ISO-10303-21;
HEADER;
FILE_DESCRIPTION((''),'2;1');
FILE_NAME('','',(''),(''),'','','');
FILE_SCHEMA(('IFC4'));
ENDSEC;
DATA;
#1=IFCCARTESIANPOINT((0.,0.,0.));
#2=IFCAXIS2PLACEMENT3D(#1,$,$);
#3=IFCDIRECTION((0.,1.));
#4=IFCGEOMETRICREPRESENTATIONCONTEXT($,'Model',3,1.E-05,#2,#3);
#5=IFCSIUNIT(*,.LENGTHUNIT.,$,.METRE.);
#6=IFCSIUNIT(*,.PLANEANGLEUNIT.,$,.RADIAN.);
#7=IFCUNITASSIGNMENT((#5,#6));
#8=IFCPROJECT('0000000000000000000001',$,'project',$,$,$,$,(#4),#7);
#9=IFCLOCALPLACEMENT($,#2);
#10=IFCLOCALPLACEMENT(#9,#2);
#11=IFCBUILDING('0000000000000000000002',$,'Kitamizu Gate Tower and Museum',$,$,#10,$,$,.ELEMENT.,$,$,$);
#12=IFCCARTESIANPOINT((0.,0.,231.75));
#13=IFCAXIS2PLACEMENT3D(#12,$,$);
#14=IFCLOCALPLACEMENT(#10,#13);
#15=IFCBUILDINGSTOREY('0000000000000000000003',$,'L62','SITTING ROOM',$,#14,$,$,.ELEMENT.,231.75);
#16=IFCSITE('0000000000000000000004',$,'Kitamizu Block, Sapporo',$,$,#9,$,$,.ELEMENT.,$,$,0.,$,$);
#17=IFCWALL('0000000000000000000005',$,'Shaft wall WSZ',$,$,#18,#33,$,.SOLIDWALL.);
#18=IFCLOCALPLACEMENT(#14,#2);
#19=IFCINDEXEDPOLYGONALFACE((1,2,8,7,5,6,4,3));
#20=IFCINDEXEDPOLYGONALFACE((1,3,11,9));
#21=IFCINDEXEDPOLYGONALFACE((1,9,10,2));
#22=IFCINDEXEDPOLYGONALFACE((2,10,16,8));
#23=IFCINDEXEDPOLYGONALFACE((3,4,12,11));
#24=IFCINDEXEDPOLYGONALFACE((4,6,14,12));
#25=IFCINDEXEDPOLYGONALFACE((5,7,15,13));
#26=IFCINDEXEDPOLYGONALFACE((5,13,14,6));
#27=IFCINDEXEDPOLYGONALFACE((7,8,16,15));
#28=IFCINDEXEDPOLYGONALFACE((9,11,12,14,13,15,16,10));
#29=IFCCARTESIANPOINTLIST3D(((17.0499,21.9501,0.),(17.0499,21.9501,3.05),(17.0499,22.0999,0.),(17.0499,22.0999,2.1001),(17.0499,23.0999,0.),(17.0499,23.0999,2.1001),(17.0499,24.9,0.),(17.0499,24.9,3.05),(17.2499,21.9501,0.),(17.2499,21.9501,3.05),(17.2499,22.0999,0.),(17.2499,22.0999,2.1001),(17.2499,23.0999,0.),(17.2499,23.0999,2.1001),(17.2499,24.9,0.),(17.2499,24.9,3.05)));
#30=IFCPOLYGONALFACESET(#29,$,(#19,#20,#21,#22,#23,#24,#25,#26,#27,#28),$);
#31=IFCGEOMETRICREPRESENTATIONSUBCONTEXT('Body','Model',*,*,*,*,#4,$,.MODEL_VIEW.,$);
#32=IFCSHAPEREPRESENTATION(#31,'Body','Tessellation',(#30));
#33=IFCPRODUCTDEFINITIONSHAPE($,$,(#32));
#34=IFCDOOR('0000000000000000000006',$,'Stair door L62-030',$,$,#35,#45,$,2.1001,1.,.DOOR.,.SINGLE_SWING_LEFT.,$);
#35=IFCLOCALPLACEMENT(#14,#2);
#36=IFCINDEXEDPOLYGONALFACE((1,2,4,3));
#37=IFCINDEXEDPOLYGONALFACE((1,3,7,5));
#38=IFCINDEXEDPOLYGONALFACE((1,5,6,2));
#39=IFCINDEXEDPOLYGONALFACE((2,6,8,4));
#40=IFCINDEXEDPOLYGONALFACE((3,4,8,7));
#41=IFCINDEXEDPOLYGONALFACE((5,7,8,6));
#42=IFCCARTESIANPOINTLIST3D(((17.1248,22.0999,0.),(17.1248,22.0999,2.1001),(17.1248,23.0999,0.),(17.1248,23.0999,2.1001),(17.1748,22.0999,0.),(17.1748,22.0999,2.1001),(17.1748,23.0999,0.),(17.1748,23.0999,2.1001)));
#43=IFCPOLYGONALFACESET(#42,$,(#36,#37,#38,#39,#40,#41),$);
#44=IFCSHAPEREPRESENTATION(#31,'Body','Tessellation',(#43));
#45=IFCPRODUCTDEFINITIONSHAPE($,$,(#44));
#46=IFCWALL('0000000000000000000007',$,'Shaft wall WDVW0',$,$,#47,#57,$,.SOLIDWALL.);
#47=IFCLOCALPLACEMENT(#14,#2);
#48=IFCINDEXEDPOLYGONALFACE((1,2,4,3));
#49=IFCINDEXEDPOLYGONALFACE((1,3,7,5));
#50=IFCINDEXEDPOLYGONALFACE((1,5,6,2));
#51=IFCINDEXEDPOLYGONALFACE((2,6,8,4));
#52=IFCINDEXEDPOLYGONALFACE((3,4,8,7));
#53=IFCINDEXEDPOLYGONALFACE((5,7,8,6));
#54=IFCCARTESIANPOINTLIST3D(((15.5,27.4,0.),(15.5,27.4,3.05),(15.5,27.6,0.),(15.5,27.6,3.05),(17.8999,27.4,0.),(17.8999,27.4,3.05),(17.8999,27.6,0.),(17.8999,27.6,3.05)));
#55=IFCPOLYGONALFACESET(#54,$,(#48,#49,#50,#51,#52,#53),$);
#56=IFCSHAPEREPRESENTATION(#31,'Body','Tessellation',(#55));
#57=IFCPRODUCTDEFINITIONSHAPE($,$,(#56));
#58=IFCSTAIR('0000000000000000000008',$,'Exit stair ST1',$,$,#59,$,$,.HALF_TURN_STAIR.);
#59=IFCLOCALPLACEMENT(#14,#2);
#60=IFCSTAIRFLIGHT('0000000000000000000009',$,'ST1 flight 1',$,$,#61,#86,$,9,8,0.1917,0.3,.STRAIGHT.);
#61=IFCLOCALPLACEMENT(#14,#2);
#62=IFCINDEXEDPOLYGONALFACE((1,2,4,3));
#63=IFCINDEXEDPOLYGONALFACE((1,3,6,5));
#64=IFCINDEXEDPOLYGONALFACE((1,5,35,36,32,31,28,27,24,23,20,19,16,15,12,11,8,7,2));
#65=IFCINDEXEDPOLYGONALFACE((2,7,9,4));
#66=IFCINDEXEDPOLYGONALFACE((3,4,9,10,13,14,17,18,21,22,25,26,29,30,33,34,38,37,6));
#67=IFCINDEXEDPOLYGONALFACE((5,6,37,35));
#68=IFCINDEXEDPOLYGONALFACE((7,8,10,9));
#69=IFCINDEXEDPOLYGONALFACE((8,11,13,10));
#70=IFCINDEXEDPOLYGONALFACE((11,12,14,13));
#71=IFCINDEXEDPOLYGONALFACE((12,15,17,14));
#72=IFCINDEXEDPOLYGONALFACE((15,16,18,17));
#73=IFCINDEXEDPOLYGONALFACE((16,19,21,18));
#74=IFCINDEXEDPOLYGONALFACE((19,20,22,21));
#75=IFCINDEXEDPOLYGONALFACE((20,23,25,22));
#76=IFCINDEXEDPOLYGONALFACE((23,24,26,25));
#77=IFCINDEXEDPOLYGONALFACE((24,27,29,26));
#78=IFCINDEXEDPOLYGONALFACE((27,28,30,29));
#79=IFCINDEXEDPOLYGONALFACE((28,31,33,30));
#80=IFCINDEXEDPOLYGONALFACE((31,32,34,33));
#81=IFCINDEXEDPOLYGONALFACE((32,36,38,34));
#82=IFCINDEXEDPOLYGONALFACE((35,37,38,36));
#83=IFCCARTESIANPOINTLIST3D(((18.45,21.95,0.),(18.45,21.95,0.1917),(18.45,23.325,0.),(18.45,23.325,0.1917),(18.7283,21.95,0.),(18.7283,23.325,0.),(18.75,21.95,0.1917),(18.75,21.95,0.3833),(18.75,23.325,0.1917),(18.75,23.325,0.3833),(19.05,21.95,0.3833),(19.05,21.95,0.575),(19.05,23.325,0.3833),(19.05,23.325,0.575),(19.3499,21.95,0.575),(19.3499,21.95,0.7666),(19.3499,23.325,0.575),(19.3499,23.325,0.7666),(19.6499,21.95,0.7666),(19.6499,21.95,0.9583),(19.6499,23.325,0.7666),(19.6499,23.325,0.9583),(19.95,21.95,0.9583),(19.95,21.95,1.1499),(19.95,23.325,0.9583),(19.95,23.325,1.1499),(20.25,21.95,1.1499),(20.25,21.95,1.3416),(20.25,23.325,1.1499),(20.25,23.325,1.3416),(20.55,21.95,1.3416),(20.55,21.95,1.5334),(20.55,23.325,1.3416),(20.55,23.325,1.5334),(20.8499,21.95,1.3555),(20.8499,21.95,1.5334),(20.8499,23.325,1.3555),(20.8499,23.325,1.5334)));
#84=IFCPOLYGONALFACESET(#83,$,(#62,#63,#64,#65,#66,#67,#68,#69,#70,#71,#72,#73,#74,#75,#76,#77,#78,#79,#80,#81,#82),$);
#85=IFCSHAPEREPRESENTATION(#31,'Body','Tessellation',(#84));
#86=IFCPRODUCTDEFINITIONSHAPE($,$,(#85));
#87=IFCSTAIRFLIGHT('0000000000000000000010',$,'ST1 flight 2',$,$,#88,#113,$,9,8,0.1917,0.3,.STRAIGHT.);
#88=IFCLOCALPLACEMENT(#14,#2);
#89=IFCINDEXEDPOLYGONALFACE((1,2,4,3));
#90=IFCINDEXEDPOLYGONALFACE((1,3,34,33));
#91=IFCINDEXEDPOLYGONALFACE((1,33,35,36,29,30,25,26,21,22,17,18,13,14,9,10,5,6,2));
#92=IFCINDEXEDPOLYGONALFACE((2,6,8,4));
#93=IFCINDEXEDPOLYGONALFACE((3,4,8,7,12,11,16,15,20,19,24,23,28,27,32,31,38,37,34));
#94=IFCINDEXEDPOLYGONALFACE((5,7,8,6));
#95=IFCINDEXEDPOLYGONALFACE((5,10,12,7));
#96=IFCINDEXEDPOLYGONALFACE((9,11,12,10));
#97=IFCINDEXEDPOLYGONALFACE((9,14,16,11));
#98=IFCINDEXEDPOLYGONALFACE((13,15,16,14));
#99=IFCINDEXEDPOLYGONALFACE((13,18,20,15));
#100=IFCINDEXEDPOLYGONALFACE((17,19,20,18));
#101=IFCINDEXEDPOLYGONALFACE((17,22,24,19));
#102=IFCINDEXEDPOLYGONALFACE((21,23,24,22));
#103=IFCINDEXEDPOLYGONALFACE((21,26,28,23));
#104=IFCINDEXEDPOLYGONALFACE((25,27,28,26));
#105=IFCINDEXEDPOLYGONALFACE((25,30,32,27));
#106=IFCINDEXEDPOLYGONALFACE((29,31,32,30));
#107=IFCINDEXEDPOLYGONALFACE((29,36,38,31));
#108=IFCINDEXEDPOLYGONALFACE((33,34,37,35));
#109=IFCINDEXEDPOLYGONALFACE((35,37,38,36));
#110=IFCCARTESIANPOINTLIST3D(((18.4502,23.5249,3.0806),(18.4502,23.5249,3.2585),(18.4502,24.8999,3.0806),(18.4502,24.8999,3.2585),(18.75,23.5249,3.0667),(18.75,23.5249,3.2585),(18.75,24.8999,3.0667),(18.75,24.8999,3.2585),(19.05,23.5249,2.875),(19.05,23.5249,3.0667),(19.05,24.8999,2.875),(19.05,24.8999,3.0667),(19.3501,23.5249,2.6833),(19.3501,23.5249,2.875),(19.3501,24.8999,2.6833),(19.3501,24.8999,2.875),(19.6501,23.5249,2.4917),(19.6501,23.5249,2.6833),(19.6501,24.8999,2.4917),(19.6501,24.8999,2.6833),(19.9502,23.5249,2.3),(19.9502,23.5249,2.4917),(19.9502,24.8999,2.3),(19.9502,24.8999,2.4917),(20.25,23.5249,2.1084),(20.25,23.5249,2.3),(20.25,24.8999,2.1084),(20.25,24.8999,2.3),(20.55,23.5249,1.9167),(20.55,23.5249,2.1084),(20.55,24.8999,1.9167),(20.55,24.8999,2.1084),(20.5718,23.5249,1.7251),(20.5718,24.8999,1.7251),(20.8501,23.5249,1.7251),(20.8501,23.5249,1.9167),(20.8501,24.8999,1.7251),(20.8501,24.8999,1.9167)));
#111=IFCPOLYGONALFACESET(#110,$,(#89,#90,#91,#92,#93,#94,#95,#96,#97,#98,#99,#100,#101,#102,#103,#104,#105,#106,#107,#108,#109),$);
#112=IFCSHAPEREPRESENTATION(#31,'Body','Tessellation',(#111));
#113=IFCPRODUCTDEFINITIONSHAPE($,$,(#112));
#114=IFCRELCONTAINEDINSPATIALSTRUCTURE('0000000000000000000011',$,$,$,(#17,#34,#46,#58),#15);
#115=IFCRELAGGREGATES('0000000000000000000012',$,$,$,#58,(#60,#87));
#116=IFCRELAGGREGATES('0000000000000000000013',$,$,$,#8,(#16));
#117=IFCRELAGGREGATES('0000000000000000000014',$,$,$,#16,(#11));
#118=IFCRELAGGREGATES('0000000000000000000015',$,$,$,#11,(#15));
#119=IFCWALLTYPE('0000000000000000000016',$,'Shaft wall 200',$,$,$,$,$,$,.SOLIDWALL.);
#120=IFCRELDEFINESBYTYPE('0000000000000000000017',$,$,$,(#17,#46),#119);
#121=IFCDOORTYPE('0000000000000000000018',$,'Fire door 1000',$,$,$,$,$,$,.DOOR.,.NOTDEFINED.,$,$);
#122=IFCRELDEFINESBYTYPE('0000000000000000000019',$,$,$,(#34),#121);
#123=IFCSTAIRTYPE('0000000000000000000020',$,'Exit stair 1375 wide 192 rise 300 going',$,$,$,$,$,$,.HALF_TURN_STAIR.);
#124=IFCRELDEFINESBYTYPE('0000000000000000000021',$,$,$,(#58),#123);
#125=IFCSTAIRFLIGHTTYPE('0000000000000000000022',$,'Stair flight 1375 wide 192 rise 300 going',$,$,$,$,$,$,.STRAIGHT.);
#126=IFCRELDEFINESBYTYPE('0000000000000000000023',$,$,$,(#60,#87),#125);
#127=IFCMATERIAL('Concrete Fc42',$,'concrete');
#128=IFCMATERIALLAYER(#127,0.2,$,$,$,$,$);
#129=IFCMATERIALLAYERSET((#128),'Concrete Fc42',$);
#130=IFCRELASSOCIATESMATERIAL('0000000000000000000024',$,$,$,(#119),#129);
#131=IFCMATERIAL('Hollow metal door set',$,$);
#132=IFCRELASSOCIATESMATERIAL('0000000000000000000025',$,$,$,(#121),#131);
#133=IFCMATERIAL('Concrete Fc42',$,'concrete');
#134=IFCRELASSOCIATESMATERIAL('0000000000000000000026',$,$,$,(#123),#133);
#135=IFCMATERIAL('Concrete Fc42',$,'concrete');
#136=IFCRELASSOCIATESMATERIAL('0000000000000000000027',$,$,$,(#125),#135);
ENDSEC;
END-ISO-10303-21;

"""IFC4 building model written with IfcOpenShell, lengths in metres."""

from ifc_helpers import new_model, si_unit, direction, frame, frame_2d, origin, place, context, subcontext, project, spatial, polyline, rectangle, outline, extrude, material, layer, layer_set, type_object, element, fill, aggregate, save


model = new_model("IFC4")

# Units and contexts
model_context = context("Model", 3, precision=1e-05, world=origin(), true_north=direction((0.0, 1.0)))
body_context = subcontext(model_context, "Body", "Model", "MODEL_VIEW")
ifc_project = project(units=[si_unit("LENGTHUNIT", "METRE"), si_unit("PLANEANGLEUNIT", "RADIAN")], contexts=[model_context])

# Site, building, storey
site_placement = place(None, origin())
site = spatial("IfcSite", under=ifc_project, at=site_placement, Name="Kitamizu Block, Sapporo", CompositionType="ELEMENT", RefElevation=0.0)
building_placement = place(site_placement, origin())
building = spatial("IfcBuilding", under=site, at=building_placement, Name="Kitamizu Gate Tower and Museum", CompositionType="ELEMENT")
storey_placement = place(building_placement, frame((0.0, 0.0, 231.75)))
storey = spatial("IfcBuildingStorey", under=building, at=storey_placement, Name="L62", Description="SITTING ROOM", CompositionType="ELEMENT", Elevation=231.75)

# Shared definitions
ifc_material_1 = material(Name="Concrete Fc42", Category="concrete")
ifc_layer_1 = layer(ifc_material_1, 0.2)
ifc_layer_set_1 = layer_set([ifc_layer_1], Name="Concrete Fc42")
wall_type_1 = type_object("IfcWallType", Name="Shaft wall 200", PredefinedType="SOLIDWALL", material=ifc_layer_set_1)
ifc_material_2 = material(Name="Hollow metal door set")
door_type_1 = type_object("IfcDoorType", Name="Fire door 1000", OperationType="NOTDEFINED", PredefinedType="DOOR", material=ifc_material_2)

# Wall, opening, door
wall_1_placement = place(storey_placement, frame((17.1499, 21.95, 0.0), z_axis=(0.0, 0.0, 1.0), x_axis=(0.0, 1.0, 0.0)))
wall_1 = element("IfcWall", 1, at=wall_1_placement, inside=storey, type_object=wall_type_1, Name="Shaft wall WSZ", PredefinedType="SOLIDWALL", context=body_context, shape_type="SweptSolid", body=[
    extrude(rectangle(XDim=2.95, YDim=0.2, at=frame_2d((1.4751, 0.0))), origin(), (0.0, 0.0, 1.0), 3.05),
])
opening_1_placement = place(wall_1_placement, frame((0.1499, 0.0, 0.0)))
opening_1 = element("IfcOpeningElement", 2, at=opening_1_placement, cuts=wall_1, PredefinedType="OPENING", context=body_context, shape_type="SweptSolid", body=[
    extrude(rectangle(XDim=1.0, YDim=2.1001, at=frame_2d((0.5, 1.05))), frame((0.0, 0.1099, 0.0), z_axis=(0.0, -1.0, 0.0), x_axis=(1.0, 0.0, 0.0)), (0.0, 0.0, 1.0), 0.22),
])
door_1_placement = place(opening_1_placement, frame((1.0, 0.0, 0.0), x_axis=(-1.0, 0.0, 0.0)))
door_1 = element("IfcDoor", 3, at=door_1_placement, inside=storey, type_object=door_type_1, Name="Stair door L62-030", OperationType="SINGLE_SWING_LEFT", OverallHeight=2.1001, OverallWidth=1.0, PredefinedType="DOOR", context=body_context, shape_type="SweptSolid", body=[
    extrude(rectangle(XDim=1.0, YDim=2.1001, at=frame_2d((0.5, 1.05))), frame((0.0, 0.0249, 0.0), z_axis=(0.0, -1.0, 0.0), x_axis=(1.0, 0.0, 0.0)), (0.0, 0.0, 1.0), 0.05),
])
fill(opening_1, door_1)

# Wall
wall_2_placement = place(storey_placement, frame((15.5, 27.5, 0.0), z_axis=(0.0, 0.0, 1.0), x_axis=(1.0, 0.0, 0.0)))
element("IfcWall", 4, at=wall_2_placement, inside=storey, type_object=wall_type_1, Name="Shaft wall WDVW0", PredefinedType="SOLIDWALL", context=body_context, shape_type="SweptSolid", body=[
    extrude(rectangle(XDim=2.3999, YDim=0.2, at=frame_2d((1.2, 0.0))), origin(), (0.0, 0.0, 1.0), 3.05),
])

# Stair, stair flights
ifc_material_3 = material(Name="Concrete Fc42", Category="concrete")
stair_type = type_object("IfcStairType", Name="Exit stair 1375 wide 192 rise 300 going", PredefinedType="HALF_TURN_STAIR", material=ifc_material_3)
stair_placement = place(storey_placement, origin())
stair = element("IfcStair", 5, at=stair_placement, inside=storey, type_object=stair_type, Name="Exit stair ST1", PredefinedType="HALF_TURN_STAIR")
ifc_material_4 = material(Name="Concrete Fc42", Category="concrete")
stair_flight_type = type_object("IfcStairFlightType", Name="Stair flight 1375 wide 192 rise 300 going", PredefinedType="STRAIGHT", material=ifc_material_4)
stair_flight_1_placement = place(storey_placement, frame((18.45, 22.6375, 0.0), z_axis=(0.0, 0.0, 1.0), x_axis=(1.0, 0.0, 0.0)))
stair_flight_1 = element("IfcStairFlight", 6, at=stair_flight_1_placement, type_object=stair_flight_type, Name="ST1 flight 1", NumberOfRisers=9, NumberOfTreads=8, PredefinedType="STRAIGHT", RiserHeight=0.1917, TreadLength=0.3, context=body_context, shape_type="SweptSolid", body=[
    extrude(outline(polyline([(0.0, 0.0), (0.0, 0.1917), (0.3, 0.1917), (0.3, 0.3833), (0.6001, 0.3833), (0.6001, 0.575), (0.8999, 0.575), (0.8999, 0.7666), (1.2, 0.7666), (1.2, 0.9583), (1.5, 0.9583), (1.5, 1.1499), (1.8, 1.1499), (1.8, 1.3416), (2.1001, 1.3416), (2.1001, 1.5334), (2.3999, 1.5334), (2.3999, 1.7251), (2.3999, 1.3555), (0.2783, 0.0), (0.0, 0.0)])), frame((0.0, 0.6875, 0.0), z_axis=(0.0, -1.0, 0.0), x_axis=(1.0, 0.0, 0.0)), (0.0, 0.0, 1.0), 1.375),
])
stair_flight_2_placement = place(storey_placement, frame((20.8501, 24.2124, 1.7251), z_axis=(0.0, 0.0, 1.0), x_axis=(-1.0, 0.0, 0.0)))
stair_flight_2 = element("IfcStairFlight", 7, at=stair_flight_2_placement, type_object=stair_flight_type, Name="ST1 flight 2", NumberOfRisers=9, NumberOfTreads=8, PredefinedType="STRAIGHT", RiserHeight=0.1917, TreadLength=0.3, context=body_context, shape_type="SweptSolid", body=[
    extrude(outline(polyline([(0.0, 0.0), (0.0, 0.1917), (0.3, 0.1917), (0.3, 0.3833), (0.6001, 0.3833), (0.6001, 0.575), (0.8999, 0.575), (0.8999, 0.7666), (1.2, 0.7666), (1.2, 0.9583), (1.5, 0.9583), (1.5, 1.1499), (1.8, 1.1499), (1.8, 1.3416), (2.1001, 1.3416), (2.1001, 1.5334), (2.3999, 1.5334), (2.3999, 1.7251), (2.3999, 1.3555), (0.2783, 0.0), (0.0, 0.0)])), frame((0.0, 0.6875, 0.0), z_axis=(0.0, -1.0, 0.0), x_axis=(1.0, 0.0, 0.0)), (0.0, 0.0, 1.0), 1.375),
])
aggregate(stair, [stair_flight_1, stair_flight_2])

save(model, "model.ifc")
